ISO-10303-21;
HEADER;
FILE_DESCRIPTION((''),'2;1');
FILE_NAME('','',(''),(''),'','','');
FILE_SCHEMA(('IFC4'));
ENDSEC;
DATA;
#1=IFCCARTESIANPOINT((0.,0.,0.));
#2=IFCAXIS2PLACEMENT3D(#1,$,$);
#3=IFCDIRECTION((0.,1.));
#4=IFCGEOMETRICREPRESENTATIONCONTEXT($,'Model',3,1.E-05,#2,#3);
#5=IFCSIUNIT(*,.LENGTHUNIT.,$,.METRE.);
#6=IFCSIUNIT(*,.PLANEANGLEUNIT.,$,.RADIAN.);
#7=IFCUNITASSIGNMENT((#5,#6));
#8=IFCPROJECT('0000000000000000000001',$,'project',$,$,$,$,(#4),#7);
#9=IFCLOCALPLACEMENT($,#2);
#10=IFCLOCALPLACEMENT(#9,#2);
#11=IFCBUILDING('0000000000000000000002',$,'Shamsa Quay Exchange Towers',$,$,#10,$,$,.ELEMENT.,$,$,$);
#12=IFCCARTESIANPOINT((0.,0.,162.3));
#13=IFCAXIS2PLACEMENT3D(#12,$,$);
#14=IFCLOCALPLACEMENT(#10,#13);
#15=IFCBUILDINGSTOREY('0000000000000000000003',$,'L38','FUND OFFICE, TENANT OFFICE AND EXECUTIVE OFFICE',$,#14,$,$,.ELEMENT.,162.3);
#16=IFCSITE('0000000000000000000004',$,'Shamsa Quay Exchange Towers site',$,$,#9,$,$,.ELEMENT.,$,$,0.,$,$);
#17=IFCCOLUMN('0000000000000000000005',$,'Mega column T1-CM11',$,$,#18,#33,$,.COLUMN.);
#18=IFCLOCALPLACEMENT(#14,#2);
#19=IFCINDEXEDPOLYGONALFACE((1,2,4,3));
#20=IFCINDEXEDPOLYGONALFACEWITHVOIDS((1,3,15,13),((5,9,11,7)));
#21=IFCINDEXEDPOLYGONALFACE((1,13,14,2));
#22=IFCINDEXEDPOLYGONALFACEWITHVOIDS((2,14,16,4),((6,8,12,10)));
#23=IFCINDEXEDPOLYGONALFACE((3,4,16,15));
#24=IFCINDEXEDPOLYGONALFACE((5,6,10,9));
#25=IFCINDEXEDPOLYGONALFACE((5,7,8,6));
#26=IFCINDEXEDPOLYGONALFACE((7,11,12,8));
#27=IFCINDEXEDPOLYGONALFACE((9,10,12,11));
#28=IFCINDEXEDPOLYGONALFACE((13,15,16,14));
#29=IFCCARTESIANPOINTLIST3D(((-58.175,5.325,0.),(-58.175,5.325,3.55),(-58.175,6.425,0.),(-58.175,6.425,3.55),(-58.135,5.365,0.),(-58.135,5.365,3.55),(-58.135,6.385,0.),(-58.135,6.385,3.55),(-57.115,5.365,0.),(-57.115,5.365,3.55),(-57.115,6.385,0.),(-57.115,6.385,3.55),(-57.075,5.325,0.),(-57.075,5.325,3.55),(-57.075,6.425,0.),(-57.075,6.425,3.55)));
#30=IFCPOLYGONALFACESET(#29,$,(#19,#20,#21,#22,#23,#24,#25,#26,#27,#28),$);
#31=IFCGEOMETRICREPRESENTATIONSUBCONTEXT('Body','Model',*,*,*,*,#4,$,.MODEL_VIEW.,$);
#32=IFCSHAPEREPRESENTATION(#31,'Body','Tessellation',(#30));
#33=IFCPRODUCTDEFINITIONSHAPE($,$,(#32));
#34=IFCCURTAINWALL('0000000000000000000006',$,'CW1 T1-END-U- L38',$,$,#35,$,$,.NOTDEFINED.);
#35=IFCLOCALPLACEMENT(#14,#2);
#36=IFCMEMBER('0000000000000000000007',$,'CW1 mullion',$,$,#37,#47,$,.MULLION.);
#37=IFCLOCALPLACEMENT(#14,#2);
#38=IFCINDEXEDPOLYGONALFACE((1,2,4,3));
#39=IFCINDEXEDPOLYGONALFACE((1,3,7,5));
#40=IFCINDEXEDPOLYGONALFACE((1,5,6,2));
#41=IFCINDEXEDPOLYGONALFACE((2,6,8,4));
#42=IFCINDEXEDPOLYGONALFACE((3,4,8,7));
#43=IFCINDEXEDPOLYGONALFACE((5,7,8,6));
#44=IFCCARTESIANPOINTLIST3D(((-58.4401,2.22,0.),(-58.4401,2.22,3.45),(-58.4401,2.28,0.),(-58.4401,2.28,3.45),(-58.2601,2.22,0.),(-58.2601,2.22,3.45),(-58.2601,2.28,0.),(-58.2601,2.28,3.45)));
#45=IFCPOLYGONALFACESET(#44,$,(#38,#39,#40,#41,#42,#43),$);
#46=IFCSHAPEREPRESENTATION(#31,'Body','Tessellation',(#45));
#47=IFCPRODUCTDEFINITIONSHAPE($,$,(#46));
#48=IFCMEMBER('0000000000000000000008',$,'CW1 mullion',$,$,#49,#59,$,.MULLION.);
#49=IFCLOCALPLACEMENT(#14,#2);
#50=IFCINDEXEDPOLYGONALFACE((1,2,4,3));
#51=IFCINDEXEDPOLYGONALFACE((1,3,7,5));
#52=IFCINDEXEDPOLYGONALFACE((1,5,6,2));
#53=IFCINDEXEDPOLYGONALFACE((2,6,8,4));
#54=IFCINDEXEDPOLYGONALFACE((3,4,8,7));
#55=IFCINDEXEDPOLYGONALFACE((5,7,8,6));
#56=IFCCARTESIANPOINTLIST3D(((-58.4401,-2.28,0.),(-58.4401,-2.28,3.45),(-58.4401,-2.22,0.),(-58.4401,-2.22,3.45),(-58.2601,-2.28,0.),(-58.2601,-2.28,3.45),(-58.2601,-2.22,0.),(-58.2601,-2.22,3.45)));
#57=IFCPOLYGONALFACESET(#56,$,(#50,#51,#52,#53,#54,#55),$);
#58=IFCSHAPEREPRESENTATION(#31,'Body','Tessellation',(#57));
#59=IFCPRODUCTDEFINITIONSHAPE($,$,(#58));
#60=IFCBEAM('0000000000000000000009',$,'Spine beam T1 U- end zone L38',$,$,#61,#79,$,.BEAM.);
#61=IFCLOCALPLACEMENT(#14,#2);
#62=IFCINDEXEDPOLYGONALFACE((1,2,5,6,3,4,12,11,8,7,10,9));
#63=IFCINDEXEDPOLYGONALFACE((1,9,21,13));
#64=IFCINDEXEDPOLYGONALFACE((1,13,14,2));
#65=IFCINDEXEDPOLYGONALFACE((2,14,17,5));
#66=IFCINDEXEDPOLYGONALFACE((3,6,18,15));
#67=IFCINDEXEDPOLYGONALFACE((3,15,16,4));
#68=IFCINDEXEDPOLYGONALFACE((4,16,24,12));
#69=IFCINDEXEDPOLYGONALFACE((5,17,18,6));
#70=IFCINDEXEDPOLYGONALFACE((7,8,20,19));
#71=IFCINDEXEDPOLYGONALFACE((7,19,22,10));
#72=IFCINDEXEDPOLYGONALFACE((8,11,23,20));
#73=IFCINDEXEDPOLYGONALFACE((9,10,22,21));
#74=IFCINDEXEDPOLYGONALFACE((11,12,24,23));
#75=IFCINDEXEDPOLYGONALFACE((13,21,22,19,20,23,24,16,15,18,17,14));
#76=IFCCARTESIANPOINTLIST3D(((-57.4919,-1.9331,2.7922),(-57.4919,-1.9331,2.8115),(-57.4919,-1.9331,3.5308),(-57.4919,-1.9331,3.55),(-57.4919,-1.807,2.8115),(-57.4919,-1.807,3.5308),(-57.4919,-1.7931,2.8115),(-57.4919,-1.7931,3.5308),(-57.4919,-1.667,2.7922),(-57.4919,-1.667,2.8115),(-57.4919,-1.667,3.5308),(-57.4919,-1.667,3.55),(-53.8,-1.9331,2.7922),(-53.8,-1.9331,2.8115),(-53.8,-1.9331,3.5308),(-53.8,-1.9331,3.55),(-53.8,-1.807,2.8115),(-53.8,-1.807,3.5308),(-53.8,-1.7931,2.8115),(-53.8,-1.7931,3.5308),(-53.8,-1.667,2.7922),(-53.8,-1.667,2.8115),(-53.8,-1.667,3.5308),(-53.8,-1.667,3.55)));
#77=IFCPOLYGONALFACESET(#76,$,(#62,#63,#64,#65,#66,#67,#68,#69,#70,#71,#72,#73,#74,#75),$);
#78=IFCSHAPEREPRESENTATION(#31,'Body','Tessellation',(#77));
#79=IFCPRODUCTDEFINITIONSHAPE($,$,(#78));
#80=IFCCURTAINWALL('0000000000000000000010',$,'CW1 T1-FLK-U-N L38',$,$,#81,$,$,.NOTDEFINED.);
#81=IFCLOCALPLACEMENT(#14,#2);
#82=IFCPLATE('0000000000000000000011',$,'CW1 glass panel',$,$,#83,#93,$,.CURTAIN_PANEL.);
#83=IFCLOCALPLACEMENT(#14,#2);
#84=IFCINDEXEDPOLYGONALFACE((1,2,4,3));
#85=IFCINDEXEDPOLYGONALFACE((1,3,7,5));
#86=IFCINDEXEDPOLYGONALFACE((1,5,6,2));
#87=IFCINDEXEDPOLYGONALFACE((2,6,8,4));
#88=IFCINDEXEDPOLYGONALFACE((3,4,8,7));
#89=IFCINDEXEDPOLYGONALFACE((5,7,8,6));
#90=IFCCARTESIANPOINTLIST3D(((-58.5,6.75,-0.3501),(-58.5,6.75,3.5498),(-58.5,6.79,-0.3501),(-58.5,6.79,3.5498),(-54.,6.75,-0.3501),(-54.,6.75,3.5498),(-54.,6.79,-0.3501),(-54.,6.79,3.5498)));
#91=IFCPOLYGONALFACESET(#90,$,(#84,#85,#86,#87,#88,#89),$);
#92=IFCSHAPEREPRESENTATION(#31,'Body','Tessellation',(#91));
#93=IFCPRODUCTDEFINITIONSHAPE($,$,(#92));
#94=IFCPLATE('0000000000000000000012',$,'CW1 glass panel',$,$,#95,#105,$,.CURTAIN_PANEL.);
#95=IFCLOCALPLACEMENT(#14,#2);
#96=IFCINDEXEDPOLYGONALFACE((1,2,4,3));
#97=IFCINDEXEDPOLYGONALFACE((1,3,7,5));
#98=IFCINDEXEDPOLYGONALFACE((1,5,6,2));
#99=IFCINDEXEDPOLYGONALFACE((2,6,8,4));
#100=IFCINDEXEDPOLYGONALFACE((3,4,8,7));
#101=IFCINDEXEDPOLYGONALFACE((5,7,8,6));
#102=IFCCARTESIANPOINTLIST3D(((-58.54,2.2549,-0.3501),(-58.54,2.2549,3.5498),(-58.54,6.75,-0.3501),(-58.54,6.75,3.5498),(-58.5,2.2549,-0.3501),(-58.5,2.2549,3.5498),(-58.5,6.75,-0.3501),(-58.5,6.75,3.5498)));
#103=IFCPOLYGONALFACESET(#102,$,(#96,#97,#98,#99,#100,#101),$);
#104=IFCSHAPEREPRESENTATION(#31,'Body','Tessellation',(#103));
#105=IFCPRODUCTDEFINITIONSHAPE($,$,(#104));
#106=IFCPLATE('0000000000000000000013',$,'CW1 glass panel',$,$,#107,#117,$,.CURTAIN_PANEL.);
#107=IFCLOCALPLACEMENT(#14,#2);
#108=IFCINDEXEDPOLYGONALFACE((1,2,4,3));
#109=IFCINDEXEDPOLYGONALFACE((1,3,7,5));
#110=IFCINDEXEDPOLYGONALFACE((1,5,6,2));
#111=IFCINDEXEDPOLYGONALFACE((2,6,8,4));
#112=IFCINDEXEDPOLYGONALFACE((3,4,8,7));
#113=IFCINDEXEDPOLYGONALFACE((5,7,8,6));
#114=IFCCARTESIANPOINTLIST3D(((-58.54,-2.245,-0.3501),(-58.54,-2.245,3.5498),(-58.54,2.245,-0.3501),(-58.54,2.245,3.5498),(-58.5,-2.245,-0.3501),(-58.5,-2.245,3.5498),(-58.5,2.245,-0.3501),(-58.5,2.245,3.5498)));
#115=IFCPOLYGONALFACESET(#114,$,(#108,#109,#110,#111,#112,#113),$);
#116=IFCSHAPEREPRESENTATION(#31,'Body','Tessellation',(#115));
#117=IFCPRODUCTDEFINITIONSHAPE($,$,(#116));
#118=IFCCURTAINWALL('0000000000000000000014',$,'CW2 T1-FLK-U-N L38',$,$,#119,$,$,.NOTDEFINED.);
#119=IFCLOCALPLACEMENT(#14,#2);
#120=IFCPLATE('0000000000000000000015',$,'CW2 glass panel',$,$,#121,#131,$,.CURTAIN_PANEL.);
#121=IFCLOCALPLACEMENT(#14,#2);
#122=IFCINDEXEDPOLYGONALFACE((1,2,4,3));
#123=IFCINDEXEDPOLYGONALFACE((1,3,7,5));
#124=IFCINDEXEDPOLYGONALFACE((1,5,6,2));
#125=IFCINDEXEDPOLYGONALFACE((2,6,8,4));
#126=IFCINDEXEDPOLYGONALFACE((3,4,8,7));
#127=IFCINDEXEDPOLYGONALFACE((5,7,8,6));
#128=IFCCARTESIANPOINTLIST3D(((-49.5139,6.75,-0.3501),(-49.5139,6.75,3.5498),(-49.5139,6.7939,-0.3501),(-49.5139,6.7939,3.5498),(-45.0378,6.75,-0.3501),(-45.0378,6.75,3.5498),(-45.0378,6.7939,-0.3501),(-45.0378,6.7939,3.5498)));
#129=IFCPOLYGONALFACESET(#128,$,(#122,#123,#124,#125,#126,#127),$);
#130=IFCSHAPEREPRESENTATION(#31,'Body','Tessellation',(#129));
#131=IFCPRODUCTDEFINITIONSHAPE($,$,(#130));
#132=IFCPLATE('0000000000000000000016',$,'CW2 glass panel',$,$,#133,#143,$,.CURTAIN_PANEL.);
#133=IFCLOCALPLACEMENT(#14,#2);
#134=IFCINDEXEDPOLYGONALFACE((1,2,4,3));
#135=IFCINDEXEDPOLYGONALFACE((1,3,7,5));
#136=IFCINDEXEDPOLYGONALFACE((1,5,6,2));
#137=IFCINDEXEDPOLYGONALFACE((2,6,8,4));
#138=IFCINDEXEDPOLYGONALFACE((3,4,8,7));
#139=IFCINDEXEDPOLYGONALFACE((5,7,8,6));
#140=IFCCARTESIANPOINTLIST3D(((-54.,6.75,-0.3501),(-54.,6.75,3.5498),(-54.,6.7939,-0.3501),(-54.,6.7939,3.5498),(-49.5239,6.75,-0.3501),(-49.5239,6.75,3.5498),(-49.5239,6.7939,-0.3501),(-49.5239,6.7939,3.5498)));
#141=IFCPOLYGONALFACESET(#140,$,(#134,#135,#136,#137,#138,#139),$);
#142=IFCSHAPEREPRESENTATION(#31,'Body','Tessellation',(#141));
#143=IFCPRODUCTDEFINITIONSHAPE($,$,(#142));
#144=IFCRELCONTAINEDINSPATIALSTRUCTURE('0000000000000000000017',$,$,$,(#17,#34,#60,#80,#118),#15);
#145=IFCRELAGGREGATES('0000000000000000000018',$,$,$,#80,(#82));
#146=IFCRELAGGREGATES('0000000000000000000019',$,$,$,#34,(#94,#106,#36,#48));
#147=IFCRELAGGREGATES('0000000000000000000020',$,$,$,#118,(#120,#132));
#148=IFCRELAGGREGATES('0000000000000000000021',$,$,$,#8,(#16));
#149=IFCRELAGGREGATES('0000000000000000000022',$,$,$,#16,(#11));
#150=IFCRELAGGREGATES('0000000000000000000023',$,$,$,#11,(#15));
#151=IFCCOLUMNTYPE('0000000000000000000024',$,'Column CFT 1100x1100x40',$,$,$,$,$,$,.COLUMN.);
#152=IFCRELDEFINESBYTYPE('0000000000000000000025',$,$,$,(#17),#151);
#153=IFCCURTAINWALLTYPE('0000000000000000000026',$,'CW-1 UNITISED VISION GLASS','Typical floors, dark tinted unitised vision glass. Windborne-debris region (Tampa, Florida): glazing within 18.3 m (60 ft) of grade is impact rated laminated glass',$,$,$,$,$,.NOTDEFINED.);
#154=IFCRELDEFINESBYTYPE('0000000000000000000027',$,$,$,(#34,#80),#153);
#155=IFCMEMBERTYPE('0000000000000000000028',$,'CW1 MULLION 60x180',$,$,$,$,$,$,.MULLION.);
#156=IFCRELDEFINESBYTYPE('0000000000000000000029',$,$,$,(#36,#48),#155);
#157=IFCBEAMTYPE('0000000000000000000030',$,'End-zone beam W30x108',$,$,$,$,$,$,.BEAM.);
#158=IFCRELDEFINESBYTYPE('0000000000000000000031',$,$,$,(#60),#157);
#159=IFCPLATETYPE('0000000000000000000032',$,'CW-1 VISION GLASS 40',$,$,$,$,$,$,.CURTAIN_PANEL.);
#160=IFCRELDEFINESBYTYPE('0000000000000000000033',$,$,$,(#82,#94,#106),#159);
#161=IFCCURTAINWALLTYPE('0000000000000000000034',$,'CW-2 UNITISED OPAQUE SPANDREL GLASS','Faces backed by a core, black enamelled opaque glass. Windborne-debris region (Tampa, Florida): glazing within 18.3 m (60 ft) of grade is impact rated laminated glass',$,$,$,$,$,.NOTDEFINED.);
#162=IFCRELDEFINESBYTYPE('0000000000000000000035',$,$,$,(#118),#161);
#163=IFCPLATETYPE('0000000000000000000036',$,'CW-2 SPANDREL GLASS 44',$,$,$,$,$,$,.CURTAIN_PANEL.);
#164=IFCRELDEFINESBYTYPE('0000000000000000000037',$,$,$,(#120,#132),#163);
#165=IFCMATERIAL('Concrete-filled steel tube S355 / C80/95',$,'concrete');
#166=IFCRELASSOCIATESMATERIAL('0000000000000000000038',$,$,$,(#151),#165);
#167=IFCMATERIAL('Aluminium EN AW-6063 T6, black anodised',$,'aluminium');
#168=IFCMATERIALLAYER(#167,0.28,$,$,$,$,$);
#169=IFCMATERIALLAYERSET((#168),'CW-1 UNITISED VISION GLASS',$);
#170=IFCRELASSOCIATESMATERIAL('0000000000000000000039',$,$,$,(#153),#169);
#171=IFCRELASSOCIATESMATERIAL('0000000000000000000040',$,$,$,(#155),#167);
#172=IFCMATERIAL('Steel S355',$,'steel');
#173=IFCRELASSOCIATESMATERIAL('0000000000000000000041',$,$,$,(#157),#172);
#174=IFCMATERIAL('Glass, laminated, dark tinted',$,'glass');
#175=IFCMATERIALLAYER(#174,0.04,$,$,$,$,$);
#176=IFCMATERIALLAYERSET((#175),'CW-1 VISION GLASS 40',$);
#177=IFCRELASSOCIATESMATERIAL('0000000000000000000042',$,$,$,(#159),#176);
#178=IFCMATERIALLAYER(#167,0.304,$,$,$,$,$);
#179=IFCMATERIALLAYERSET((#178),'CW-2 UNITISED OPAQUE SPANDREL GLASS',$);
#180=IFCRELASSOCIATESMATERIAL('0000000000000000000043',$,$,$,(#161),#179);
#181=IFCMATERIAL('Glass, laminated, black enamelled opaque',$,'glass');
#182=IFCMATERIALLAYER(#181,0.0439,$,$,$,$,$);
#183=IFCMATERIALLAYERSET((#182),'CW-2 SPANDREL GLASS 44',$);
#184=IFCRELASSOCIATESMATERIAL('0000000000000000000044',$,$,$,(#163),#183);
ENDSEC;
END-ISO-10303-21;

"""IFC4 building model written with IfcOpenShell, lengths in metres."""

from ifc_helpers import new_model, si_unit, direction, frame, origin, origin_2d, place, context, subcontext, project, spatial, rectangle, hollow_rectangle, i_section, extrude, material, layer, layer_set, material_profile, profile_set, type_object, element, aggregate, save


model = new_model("IFC4")

# Units and contexts
model_context = context("Model", 3, precision=1e-05, world=origin(), true_north=direction((0.0, 1.0)))
body_context = subcontext(model_context, "Body", "Model", "MODEL_VIEW")
ifc_project = project(units=[si_unit("LENGTHUNIT", "METRE"), si_unit("PLANEANGLEUNIT", "RADIAN")], contexts=[model_context])

# Site, building, storey
site_placement = place(None, origin())
site = spatial("IfcSite", under=ifc_project, at=site_placement, Name="Shamsa Quay Exchange Towers site", CompositionType="ELEMENT", RefElevation=0.0)
building_placement = place(site_placement, origin())
building = spatial("IfcBuilding", under=site, at=building_placement, Name="Shamsa Quay Exchange Towers", CompositionType="ELEMENT")
storey_placement = place(building_placement, frame((0.0, 0.0, 162.3)))
storey = spatial("IfcBuildingStorey", under=building, at=storey_placement, Name="L38", Description="FUND OFFICE, TENANT OFFICE AND EXECUTIVE OFFICE", CompositionType="ELEMENT", Elevation=162.3)

# Column
ifc_material_1 = material(Name="Concrete-filled steel tube S355 / C80/95", Category="concrete")
ifc_material_profile_1 = material_profile(ifc_material_1, hollow_rectangle(XDim=1.1001, YDim=1.1001, WallThickness=0.04, at=origin_2d()), Name="CFT 1100x1100x40")
ifc_profile_set_1 = profile_set([ifc_material_profile_1], Name="Concrete-filled steel tube S355 / C80/95")
column_type = type_object("IfcColumnType", Name="Column CFT 1100x1100x40", PredefinedType="COLUMN", material=ifc_profile_set_1)
column_placement = place(storey_placement, frame((-57.625, 5.875, 0.0)))
element("IfcColumn", 1, at=column_placement, inside=storey, type_object=column_type, Name="Mega column T1-CM11", PredefinedType="COLUMN", context=body_context, shape_type="SweptSolid", body=[
    extrude(hollow_rectangle(XDim=1.1001, YDim=1.1001, WallThickness=0.04, at=origin_2d()), origin(), (0.0, 0.0, 1.0), 3.55),
])

# Curtain wall, members
ifc_material_2 = material(Name="Aluminium EN AW-6063 T6, black anodised", Category="aluminium")
ifc_layer_1 = layer(ifc_material_2, 0.28)
ifc_layer_set_1 = layer_set([ifc_layer_1], Name="CW-1 UNITISED VISION GLASS")
curtain_wall_type_1 = type_object("IfcCurtainWallType", Name="CW-1 UNITISED VISION GLASS", Description="Typical floors, dark tinted unitised vision glass. Windborne-debris region (Tampa, Florida): glazing within 18.3 m (60 ft) of grade is impact rated laminated glass", PredefinedType="NOTDEFINED", material=ifc_layer_set_1)
curtain_wall_1_placement = place(storey_placement, origin())
curtain_wall_1 = element("IfcCurtainWall", 2, at=curtain_wall_1_placement, inside=storey, type_object=curtain_wall_type_1, Name="CW1 T1-END-U- L38", PredefinedType="NOTDEFINED")
ifc_material_profile_2 = material_profile(ifc_material_2, rectangle(XDim=0.1799, YDim=0.0601, at=origin_2d()), Name="MU60x180")
ifc_profile_set_2 = profile_set([ifc_material_profile_2], Name="Aluminium EN AW-6063 T6, black anodised")
member_type = type_object("IfcMemberType", Name="CW1 MULLION 60x180", PredefinedType="MULLION", material=ifc_profile_set_2)
member_1_placement = place(storey_placement, frame((-58.3501, 2.25, 0.0)))
member_1 = element("IfcMember", 3, at=member_1_placement, type_object=member_type, Name="CW1 mullion", PredefinedType="MULLION", context=body_context, shape_type="SweptSolid", body=[
    extrude(rectangle(XDim=0.1799, YDim=0.0601, at=origin_2d()), origin(), (0.0, 0.0, 1.0), 3.45),
])
member_2_placement = place(storey_placement, frame((-58.3501, -2.25, 0.0)))
member_2 = element("IfcMember", 4, at=member_2_placement, type_object=member_type, Name="CW1 mullion", PredefinedType="MULLION", context=body_context, shape_type="SweptSolid", body=[
    extrude(rectangle(XDim=0.1799, YDim=0.0601, at=origin_2d()), origin(), (0.0, 0.0, 1.0), 3.45),
])

# Beam
ifc_material_3 = material(Name="Steel S355", Category="steel")
ifc_material_profile_3 = material_profile(ifc_material_3, i_section(OverallWidth=0.2661, OverallDepth=0.7578, WebThickness=0.0139, FlangeThickness=0.0193, at=origin_2d()), Name="W30x108")
ifc_profile_set_3 = profile_set([ifc_material_profile_3], Name="Steel S355")
beam_type = type_object("IfcBeamType", Name="End-zone beam W30x108", PredefinedType="BEAM", material=ifc_profile_set_3)
beam_placement = place(storey_placement, frame((-53.8, -1.8, 3.1711), z_axis=(-1.0, 0.0, 0.0), x_axis=(0.0, -1.0, 0.0)))
element("IfcBeam", 5, at=beam_placement, inside=storey, type_object=beam_type, Name="Spine beam T1 U- end zone L38", PredefinedType="BEAM", context=body_context, shape_type="SweptSolid", body=[
    extrude(i_section(OverallWidth=0.2661, OverallDepth=0.7578, WebThickness=0.0139, FlangeThickness=0.0193, at=origin_2d()), origin(), (0.0, 0.0, 1.0), 3.6919),
])

# Curtain wall, plate
curtain_wall_2_placement = place(storey_placement, origin())
curtain_wall_2 = element("IfcCurtainWall", 6, at=curtain_wall_2_placement, inside=storey, type_object=curtain_wall_type_1, Name="CW1 T1-FLK-U-N L38", PredefinedType="NOTDEFINED")
ifc_material_4 = material(Name="Glass, laminated, dark tinted", Category="glass")
ifc_layer_2 = layer(ifc_material_4, 0.04)
ifc_layer_set_2 = layer_set([ifc_layer_2], Name="CW-1 VISION GLASS 40")
plate_type_1 = type_object("IfcPlateType", Name="CW-1 VISION GLASS 40", PredefinedType="CURTAIN_PANEL", material=ifc_layer_set_2)
plate_1_placement = place(storey_placement, frame((-56.25, 6.77, -0.3501), z_axis=(0.0, 0.0, 1.0), x_axis=(-1.0, 0.0, 0.0)))
plate_1 = element("IfcPlate", 7, at=plate_1_placement, type_object=plate_type_1, Name="CW1 glass panel", PredefinedType="CURTAIN_PANEL", context=body_context, shape_type="SweptSolid", body=[
    extrude(rectangle(XDim=4.5, YDim=0.04, at=origin_2d()), origin(), (0.0, 0.0, 1.0), 3.8999),
])
aggregate(curtain_wall_2, [plate_1])

# Plates
plate_2_placement = place(storey_placement, frame((-58.52, 4.5024, -0.3501), z_axis=(0.0, 0.0, 1.0), x_axis=(0.0, -1.0, 0.0)))
plate_2 = element("IfcPlate", 8, at=plate_2_placement, type_object=plate_type_1, Name="CW1 glass panel", PredefinedType="CURTAIN_PANEL", context=body_context, shape_type="SweptSolid", body=[
    extrude(rectangle(XDim=4.4951, YDim=0.04, at=origin_2d()), origin(), (0.0, 0.0, 1.0), 3.8999),
])
plate_3_placement = place(storey_placement, frame((-58.52, 0.0, -0.3501), z_axis=(0.0, 0.0, 1.0), x_axis=(0.0, -1.0, 0.0)))
plate_3 = element("IfcPlate", 9, at=plate_3_placement, type_object=plate_type_1, Name="CW1 glass panel", PredefinedType="CURTAIN_PANEL", context=body_context, shape_type="SweptSolid", body=[
    extrude(rectangle(XDim=4.49, YDim=0.04, at=origin_2d()), origin(), (0.0, 0.0, 1.0), 3.8999),
])
aggregate(curtain_wall_1, [plate_2, plate_3, member_1, member_2])

# Curtain wall, plates
ifc_layer_3 = layer(ifc_material_2, 0.304)
ifc_layer_set_3 = layer_set([ifc_layer_3], Name="CW-2 UNITISED OPAQUE SPANDREL GLASS")
curtain_wall_type_2 = type_object("IfcCurtainWallType", Name="CW-2 UNITISED OPAQUE SPANDREL GLASS", Description="Faces backed by a core, black enamelled opaque glass. Windborne-debris region (Tampa, Florida): glazing within 18.3 m (60 ft) of grade is impact rated laminated glass", PredefinedType="NOTDEFINED", material=ifc_layer_set_3)
curtain_wall_3_placement = place(storey_placement, origin())
curtain_wall_3 = element("IfcCurtainWall", 10, at=curtain_wall_3_placement, inside=storey, type_object=curtain_wall_type_2, Name="CW2 T1-FLK-U-N L38", PredefinedType="NOTDEFINED")
ifc_material_5 = material(Name="Glass, laminated, black enamelled opaque", Category="glass")
ifc_layer_4 = layer(ifc_material_5, 0.0439)
ifc_layer_set_4 = layer_set([ifc_layer_4], Name="CW-2 SPANDREL GLASS 44")
plate_type_2 = type_object("IfcPlateType", Name="CW-2 SPANDREL GLASS 44", PredefinedType="CURTAIN_PANEL", material=ifc_layer_set_4)
plate_4_placement = place(storey_placement, frame((-47.2759, 6.772, -0.3501), z_axis=(0.0, 0.0, 1.0), x_axis=(-1.0, 0.0, 0.0)))
plate_4 = element("IfcPlate", 11, at=plate_4_placement, type_object=plate_type_2, Name="CW2 glass panel", PredefinedType="CURTAIN_PANEL", context=body_context, shape_type="SweptSolid", body=[
    extrude(rectangle(XDim=4.4761, YDim=0.0439, at=origin_2d()), origin(), (0.0, 0.0, 1.0), 3.8999),
])
plate_5_placement = place(storey_placement, frame((-51.762, 6.772, -0.3501), z_axis=(0.0, 0.0, 1.0), x_axis=(-1.0, 0.0, 0.0)))
plate_5 = element("IfcPlate", 12, at=plate_5_placement, type_object=plate_type_2, Name="CW2 glass panel", PredefinedType="CURTAIN_PANEL", context=body_context, shape_type="SweptSolid", body=[
    extrude(rectangle(XDim=4.4761, YDim=0.0439, at=origin_2d()), origin(), (0.0, 0.0, 1.0), 3.8999),
])
aggregate(curtain_wall_3, [plate_4, plate_5])

save(model, "model.ifc")
